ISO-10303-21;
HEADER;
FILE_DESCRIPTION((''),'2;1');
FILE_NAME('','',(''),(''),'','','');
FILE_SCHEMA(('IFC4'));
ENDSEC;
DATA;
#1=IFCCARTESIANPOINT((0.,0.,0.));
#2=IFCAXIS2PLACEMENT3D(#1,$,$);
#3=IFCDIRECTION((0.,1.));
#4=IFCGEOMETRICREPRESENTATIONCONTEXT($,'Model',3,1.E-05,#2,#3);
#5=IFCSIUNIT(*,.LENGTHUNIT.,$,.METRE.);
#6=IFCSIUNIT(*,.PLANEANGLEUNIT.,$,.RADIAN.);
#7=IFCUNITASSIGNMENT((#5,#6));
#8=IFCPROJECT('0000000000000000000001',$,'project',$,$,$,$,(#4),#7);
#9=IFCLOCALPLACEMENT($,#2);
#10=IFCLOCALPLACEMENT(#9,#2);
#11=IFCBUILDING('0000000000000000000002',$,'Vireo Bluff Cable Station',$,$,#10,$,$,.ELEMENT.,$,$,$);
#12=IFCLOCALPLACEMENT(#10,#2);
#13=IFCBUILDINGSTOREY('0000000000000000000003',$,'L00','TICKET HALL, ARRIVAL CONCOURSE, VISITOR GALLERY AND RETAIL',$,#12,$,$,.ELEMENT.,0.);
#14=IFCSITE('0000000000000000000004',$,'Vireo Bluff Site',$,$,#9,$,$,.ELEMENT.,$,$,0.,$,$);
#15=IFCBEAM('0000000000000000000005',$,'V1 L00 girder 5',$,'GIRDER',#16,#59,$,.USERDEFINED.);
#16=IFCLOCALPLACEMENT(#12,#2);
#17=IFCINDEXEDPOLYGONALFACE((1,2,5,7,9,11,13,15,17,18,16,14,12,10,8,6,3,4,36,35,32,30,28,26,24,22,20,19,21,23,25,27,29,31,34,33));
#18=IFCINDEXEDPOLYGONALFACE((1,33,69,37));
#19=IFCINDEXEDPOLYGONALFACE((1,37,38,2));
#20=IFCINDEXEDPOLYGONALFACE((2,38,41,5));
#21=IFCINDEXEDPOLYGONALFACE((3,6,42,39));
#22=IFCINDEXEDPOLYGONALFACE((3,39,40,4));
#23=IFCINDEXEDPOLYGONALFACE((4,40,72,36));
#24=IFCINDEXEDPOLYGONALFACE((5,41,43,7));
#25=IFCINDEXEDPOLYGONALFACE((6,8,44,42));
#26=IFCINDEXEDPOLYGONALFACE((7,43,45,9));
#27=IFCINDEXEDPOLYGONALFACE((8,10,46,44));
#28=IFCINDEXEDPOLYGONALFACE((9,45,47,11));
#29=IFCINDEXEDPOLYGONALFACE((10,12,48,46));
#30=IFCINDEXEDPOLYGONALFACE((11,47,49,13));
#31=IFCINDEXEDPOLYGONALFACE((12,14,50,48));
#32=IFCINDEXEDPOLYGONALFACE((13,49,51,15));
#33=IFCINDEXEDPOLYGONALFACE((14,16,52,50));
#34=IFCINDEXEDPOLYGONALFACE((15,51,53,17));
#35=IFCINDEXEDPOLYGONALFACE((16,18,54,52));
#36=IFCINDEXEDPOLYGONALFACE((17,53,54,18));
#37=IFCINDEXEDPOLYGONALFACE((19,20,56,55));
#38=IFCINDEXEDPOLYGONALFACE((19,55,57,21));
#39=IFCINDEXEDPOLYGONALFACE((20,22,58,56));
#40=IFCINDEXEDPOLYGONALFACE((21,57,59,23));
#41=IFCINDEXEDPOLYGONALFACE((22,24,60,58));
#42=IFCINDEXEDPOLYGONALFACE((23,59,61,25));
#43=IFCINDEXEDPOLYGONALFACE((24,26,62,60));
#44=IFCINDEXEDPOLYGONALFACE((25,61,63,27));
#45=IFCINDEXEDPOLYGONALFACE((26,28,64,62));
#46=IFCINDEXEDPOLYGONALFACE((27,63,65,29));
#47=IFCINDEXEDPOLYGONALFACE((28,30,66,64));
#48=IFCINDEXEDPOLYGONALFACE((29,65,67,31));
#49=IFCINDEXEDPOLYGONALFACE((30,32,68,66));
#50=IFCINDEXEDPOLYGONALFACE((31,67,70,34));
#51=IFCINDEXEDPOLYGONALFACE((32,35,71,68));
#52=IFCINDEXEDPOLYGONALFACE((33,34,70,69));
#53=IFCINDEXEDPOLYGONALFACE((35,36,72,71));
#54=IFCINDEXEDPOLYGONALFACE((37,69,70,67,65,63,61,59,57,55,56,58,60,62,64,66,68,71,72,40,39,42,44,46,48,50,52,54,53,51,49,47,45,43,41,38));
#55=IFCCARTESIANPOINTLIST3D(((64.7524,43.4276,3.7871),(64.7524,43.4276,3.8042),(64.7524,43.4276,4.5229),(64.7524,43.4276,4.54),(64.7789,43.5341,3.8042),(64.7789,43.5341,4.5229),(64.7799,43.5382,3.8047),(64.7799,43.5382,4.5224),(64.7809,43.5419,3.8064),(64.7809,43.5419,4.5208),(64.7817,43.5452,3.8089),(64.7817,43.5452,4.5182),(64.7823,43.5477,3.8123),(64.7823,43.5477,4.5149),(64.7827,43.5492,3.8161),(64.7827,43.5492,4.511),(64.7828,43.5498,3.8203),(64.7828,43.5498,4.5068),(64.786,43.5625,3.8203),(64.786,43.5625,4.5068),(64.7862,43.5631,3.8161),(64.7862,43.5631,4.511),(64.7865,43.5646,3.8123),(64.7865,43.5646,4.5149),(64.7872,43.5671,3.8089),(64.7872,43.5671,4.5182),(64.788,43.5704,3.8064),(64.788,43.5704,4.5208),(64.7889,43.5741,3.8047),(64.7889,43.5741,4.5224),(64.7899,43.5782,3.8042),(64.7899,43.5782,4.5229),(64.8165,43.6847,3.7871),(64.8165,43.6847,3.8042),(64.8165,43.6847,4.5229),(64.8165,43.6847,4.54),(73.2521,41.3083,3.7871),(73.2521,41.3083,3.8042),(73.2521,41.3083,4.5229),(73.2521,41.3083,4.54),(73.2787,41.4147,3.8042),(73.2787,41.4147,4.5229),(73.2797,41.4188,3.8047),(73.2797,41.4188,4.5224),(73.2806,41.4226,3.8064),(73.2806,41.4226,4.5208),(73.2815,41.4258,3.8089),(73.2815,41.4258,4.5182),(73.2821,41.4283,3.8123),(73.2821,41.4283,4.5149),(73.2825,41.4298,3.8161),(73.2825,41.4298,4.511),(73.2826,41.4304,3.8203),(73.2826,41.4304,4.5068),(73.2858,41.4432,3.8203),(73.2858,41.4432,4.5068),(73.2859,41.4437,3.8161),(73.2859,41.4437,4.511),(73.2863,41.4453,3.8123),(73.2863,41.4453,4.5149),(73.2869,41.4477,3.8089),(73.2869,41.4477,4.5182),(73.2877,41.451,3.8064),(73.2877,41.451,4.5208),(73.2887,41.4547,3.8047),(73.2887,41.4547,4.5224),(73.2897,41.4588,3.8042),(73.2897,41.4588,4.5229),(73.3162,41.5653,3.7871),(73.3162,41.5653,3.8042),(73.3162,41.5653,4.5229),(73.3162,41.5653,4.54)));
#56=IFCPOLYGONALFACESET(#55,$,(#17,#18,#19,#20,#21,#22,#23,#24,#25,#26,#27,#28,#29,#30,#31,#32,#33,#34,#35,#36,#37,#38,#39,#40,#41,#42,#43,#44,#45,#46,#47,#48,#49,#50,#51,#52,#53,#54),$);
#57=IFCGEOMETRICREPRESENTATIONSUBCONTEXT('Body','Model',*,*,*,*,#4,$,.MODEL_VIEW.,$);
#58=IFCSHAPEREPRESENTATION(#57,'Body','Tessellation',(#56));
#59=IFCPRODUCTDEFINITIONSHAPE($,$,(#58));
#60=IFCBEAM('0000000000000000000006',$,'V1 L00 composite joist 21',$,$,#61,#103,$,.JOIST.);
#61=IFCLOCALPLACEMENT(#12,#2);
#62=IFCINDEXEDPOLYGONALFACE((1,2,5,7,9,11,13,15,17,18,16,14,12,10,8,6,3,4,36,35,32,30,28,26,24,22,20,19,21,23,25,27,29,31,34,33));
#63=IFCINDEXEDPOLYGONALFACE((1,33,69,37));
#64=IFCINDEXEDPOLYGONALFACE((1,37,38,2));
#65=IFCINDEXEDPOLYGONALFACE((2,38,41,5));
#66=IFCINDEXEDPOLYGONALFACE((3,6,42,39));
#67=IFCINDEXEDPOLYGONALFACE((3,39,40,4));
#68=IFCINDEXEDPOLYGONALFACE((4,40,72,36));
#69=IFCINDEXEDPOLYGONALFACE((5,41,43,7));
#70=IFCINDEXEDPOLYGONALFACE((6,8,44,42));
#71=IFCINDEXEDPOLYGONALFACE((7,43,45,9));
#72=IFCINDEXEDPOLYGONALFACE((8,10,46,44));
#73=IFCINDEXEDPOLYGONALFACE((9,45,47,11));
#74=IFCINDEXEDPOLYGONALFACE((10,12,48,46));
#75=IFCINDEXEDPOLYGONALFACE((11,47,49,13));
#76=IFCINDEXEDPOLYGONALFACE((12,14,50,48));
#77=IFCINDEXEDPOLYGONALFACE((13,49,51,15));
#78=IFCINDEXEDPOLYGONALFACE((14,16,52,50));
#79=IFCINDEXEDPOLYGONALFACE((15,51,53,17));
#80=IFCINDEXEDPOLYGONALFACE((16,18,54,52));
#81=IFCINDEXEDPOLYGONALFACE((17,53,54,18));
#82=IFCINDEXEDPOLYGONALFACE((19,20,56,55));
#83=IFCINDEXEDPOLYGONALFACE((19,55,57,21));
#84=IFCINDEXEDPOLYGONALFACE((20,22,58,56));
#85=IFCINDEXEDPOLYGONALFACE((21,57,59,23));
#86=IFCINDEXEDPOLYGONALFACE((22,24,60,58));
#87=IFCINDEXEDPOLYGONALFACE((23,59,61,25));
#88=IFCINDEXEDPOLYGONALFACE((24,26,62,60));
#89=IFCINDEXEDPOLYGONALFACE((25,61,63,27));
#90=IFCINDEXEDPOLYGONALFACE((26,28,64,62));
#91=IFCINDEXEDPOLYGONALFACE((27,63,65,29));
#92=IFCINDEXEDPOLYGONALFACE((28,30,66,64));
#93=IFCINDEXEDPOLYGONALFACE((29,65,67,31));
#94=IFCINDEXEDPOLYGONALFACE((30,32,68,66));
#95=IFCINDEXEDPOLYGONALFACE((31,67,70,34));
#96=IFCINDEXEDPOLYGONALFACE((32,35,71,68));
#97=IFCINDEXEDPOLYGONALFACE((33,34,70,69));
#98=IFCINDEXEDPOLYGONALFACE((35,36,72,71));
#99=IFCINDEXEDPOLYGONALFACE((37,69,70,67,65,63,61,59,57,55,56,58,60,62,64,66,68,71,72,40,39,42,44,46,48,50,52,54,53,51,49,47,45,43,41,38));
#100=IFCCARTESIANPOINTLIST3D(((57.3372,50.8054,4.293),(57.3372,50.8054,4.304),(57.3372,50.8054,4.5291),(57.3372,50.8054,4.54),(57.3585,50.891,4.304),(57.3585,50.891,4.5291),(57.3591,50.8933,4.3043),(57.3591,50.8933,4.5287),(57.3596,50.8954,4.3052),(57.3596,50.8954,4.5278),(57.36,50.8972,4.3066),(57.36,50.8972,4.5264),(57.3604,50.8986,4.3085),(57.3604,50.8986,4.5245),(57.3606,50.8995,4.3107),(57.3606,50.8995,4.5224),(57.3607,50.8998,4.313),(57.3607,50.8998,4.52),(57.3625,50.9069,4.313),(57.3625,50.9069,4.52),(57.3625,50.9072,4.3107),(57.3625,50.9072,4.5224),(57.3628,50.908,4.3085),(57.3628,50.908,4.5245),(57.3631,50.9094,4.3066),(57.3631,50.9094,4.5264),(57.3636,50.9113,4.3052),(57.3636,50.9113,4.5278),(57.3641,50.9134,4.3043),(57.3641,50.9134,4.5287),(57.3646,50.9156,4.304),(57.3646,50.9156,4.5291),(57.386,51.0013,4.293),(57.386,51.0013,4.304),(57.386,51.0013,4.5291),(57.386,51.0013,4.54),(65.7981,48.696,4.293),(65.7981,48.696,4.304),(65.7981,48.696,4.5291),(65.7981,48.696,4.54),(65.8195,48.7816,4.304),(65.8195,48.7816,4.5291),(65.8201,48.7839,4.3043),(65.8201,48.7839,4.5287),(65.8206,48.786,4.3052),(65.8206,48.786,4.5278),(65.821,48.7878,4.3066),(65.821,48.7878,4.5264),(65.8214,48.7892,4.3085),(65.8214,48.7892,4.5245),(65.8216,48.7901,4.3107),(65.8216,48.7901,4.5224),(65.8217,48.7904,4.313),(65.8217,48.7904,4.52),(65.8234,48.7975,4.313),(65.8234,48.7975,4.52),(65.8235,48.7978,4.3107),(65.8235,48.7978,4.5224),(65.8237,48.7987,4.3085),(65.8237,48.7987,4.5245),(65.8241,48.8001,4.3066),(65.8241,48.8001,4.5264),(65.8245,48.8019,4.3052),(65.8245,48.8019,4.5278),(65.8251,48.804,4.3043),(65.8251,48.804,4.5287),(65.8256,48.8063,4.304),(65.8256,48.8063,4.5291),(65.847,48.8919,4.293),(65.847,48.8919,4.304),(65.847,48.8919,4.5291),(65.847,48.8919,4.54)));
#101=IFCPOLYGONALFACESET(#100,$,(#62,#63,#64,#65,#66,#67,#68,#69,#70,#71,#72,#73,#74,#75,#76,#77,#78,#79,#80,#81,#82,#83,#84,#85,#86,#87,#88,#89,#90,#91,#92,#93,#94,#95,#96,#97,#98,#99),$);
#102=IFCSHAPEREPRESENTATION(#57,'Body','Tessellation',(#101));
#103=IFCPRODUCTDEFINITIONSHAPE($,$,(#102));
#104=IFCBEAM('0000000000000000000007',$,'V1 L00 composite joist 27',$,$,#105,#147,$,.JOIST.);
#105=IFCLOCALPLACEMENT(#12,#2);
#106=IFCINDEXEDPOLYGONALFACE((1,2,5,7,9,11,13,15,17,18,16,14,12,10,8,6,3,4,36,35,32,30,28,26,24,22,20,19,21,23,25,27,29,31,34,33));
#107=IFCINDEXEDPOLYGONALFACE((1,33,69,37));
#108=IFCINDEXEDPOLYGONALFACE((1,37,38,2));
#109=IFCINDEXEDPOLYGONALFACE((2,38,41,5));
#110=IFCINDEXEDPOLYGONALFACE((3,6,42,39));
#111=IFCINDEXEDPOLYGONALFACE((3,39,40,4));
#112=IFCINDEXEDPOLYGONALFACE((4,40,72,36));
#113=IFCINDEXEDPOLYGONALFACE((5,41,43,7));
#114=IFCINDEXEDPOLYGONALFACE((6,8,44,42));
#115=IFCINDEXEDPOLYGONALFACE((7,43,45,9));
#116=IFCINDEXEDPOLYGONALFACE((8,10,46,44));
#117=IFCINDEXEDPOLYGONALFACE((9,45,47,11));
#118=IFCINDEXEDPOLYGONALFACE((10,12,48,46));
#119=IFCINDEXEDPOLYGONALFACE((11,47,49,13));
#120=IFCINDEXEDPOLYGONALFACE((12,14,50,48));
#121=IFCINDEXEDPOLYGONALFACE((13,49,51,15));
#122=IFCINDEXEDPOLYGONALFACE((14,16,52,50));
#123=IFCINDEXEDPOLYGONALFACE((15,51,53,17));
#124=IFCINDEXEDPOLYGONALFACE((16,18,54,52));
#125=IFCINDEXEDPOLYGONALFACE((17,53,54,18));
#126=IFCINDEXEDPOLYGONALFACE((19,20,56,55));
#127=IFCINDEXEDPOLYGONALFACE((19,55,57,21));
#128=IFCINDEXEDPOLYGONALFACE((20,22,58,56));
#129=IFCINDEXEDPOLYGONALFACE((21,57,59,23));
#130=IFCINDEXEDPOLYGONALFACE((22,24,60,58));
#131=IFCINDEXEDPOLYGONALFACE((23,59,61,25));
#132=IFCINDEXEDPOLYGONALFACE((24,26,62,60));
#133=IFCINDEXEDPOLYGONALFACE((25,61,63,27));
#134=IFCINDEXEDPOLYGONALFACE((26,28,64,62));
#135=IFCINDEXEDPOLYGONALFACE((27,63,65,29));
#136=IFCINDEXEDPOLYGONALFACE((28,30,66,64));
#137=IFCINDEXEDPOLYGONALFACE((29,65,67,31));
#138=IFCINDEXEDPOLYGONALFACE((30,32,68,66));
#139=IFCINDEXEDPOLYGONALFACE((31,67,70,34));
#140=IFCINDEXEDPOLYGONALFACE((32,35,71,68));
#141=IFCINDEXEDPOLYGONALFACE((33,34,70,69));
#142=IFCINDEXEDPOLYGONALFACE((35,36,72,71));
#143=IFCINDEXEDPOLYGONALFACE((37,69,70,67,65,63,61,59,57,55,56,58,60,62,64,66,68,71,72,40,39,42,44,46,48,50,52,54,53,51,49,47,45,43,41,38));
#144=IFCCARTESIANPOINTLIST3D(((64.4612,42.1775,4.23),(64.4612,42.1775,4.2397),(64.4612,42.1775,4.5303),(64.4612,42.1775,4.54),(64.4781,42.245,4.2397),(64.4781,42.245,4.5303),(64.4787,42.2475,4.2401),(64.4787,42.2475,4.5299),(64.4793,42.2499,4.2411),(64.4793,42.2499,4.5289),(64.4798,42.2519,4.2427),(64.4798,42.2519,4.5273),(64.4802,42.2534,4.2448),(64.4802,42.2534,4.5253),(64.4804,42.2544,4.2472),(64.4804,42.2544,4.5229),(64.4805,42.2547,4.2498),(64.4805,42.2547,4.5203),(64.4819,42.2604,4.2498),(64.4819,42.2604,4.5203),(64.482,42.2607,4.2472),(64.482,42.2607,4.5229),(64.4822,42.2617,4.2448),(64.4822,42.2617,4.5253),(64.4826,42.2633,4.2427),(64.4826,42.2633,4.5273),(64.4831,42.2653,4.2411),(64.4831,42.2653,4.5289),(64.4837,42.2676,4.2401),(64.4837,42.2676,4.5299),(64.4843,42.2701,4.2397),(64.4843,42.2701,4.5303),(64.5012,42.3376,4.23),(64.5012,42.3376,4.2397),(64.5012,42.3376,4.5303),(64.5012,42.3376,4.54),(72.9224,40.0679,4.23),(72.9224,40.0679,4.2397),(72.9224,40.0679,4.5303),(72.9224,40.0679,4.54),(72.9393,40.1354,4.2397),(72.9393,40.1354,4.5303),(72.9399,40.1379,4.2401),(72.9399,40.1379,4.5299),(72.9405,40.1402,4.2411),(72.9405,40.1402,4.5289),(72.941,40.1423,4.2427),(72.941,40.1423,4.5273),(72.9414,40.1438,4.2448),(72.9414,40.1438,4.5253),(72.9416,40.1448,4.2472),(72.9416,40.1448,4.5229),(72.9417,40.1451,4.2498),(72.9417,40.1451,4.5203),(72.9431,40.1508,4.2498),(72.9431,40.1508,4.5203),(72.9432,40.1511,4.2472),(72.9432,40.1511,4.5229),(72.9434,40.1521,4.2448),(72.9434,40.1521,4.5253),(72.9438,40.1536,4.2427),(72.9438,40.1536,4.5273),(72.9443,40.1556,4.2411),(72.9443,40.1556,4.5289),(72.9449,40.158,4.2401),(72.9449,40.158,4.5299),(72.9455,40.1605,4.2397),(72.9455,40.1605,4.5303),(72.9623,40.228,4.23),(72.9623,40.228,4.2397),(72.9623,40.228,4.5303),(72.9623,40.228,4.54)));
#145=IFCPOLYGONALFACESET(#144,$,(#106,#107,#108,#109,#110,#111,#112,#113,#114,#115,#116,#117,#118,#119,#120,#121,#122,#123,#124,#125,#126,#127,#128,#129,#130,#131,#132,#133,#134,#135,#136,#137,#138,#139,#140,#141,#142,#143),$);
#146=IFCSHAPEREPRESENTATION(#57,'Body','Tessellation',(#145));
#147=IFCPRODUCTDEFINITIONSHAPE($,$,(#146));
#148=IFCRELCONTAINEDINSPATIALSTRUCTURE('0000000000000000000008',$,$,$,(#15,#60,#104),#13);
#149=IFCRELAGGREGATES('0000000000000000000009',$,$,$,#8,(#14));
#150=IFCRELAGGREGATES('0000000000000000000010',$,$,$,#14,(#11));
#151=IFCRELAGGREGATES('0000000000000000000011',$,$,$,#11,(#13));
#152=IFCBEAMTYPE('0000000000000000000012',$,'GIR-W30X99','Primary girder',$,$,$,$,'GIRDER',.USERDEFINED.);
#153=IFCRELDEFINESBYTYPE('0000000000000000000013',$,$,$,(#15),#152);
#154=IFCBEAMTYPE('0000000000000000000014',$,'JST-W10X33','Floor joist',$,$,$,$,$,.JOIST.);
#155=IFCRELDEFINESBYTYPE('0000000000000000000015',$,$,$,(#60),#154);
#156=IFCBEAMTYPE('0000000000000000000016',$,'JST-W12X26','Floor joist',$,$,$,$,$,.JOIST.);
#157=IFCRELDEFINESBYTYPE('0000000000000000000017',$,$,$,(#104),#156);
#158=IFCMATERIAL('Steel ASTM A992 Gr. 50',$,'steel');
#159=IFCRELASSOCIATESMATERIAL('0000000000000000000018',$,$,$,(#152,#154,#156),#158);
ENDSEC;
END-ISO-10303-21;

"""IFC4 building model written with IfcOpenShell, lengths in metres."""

from ifc_helpers import new_model, si_unit, direction, frame, origin, origin_2d, place, context, subcontext, project, spatial, i_section, extrude, material, material_profile, profile_set, type_object, element, save


model = new_model("IFC4")

# Units and contexts
model_context = context("Model", 3, precision=1e-05, world=origin(), true_north=direction((0.0, 1.0)))
body_context = subcontext(model_context, "Body", "Model", "MODEL_VIEW")
ifc_project = project(units=[si_unit("LENGTHUNIT", "METRE"), si_unit("PLANEANGLEUNIT", "RADIAN")], contexts=[model_context])

# Site, building, storey
site_placement = place(None, origin())
site = spatial("IfcSite", under=ifc_project, at=site_placement, Name="Vireo Bluff Site", CompositionType="ELEMENT", RefElevation=0.0)
building_placement = place(site_placement, origin())
building = spatial("IfcBuilding", under=site, at=building_placement, Name="Vireo Bluff Cable Station", CompositionType="ELEMENT")
storey_placement = place(building_placement, origin())
storey = spatial("IfcBuildingStorey", under=building, at=storey_placement, Name="L00", Description="TICKET HALL, ARRIVAL CONCOURSE, VISITOR GALLERY AND RETAIL", CompositionType="ELEMENT", Elevation=0.0)

# Shared definitions
ifc_material_1 = material(Name="Steel ASTM A992 Gr. 50", Category="steel")

# Beams
ifc_material_profile_1 = material_profile(ifc_material_1, i_section(OverallWidth=0.2649, OverallDepth=0.7529, WebThickness=0.0132, FlangeThickness=0.0171, FilletRadius=0.0161, at=origin_2d()), Name="W30X99")
ifc_profile_set_1 = profile_set([ifc_material_profile_1], Name="Steel ASTM A992 Gr. 50")
beam_type_1 = type_object("IfcBeamType", Name="GIR-W30X99", Description="Primary girder", ElementType="GIRDER", PredefinedType="USERDEFINED", material=ifc_profile_set_1)
beam_1_placement = place(storey_placement, frame((64.7844, 43.5562, 4.1636), z_axis=(0.970292, -0.241939, 0.0), x_axis=(0.241939, 0.970292, 0.0)))
element("IfcBeam", 1, at=beam_1_placement, inside=storey, type_object=beam_type_1, Name="V1 L00 girder 5", ObjectType="GIRDER", PredefinedType="USERDEFINED", context=body_context, shape_type="SweptSolid", body=[
    extrude(i_section(OverallWidth=0.2649, OverallDepth=0.7529, WebThickness=0.0132, FlangeThickness=0.0171, FilletRadius=0.0161, at=origin_2d()), origin(), (0.0, 0.0, 1.0), 8.76),
])
ifc_material_profile_2 = material_profile(ifc_material_1, i_section(OverallWidth=0.2019, OverallDepth=0.2471, WebThickness=0.0073, FlangeThickness=0.011, FilletRadius=0.009, at=origin_2d()), Name="W10X33")
ifc_profile_set_2 = profile_set([ifc_material_profile_2], Name="Steel ASTM A992 Gr. 50")
beam_type_2 = type_object("IfcBeamType", Name="JST-W10X33", Description="Floor joist", PredefinedType="JOIST", material=ifc_profile_set_2)
beam_2_placement = place(storey_placement, frame((57.3616, 50.9033, 4.4165), z_axis=(0.9703, -0.241903, 0.0), x_axis=(0.241903, 0.9703, 0.0)))
element("IfcBeam", 2, at=beam_2_placement, inside=storey, type_object=beam_type_2, Name="V1 L00 composite joist 21", PredefinedType="JOIST", context=body_context, shape_type="SweptSolid", body=[
    extrude(i_section(OverallWidth=0.2019, OverallDepth=0.2471, WebThickness=0.0073, FlangeThickness=0.011, FilletRadius=0.009, at=origin_2d()), origin(), (0.0, 0.0, 1.0), 8.72),
])
ifc_material_profile_3 = material_profile(ifc_material_1, i_section(OverallWidth=0.165, OverallDepth=0.3101, WebThickness=0.0059, FlangeThickness=0.0098, FilletRadius=0.01, at=origin_2d()), Name="W12X26")
ifc_profile_set_3 = profile_set([ifc_material_profile_3], Name="Steel ASTM A992 Gr. 50")
beam_type_3 = type_object("IfcBeamType", Name="JST-W12X26", Description="Floor joist", PredefinedType="JOIST", material=ifc_profile_set_3)
beam_3_placement = place(storey_placement, frame((64.4812, 42.2576, 4.385), z_axis=(0.970295, -0.241923, 0.0), x_axis=(0.241923, 0.970295, 0.0)))
element("IfcBeam", 3, at=beam_3_placement, inside=storey, type_object=beam_type_3, Name="V1 L00 composite joist 27", PredefinedType="JOIST", context=body_context, shape_type="SweptSolid", body=[
    extrude(i_section(OverallWidth=0.165, OverallDepth=0.3101, WebThickness=0.0059, FlangeThickness=0.0098, FilletRadius=0.01, at=origin_2d()), origin(), (0.0, 0.0, 1.0), 8.7202),
])

save(model, "model.ifc")
